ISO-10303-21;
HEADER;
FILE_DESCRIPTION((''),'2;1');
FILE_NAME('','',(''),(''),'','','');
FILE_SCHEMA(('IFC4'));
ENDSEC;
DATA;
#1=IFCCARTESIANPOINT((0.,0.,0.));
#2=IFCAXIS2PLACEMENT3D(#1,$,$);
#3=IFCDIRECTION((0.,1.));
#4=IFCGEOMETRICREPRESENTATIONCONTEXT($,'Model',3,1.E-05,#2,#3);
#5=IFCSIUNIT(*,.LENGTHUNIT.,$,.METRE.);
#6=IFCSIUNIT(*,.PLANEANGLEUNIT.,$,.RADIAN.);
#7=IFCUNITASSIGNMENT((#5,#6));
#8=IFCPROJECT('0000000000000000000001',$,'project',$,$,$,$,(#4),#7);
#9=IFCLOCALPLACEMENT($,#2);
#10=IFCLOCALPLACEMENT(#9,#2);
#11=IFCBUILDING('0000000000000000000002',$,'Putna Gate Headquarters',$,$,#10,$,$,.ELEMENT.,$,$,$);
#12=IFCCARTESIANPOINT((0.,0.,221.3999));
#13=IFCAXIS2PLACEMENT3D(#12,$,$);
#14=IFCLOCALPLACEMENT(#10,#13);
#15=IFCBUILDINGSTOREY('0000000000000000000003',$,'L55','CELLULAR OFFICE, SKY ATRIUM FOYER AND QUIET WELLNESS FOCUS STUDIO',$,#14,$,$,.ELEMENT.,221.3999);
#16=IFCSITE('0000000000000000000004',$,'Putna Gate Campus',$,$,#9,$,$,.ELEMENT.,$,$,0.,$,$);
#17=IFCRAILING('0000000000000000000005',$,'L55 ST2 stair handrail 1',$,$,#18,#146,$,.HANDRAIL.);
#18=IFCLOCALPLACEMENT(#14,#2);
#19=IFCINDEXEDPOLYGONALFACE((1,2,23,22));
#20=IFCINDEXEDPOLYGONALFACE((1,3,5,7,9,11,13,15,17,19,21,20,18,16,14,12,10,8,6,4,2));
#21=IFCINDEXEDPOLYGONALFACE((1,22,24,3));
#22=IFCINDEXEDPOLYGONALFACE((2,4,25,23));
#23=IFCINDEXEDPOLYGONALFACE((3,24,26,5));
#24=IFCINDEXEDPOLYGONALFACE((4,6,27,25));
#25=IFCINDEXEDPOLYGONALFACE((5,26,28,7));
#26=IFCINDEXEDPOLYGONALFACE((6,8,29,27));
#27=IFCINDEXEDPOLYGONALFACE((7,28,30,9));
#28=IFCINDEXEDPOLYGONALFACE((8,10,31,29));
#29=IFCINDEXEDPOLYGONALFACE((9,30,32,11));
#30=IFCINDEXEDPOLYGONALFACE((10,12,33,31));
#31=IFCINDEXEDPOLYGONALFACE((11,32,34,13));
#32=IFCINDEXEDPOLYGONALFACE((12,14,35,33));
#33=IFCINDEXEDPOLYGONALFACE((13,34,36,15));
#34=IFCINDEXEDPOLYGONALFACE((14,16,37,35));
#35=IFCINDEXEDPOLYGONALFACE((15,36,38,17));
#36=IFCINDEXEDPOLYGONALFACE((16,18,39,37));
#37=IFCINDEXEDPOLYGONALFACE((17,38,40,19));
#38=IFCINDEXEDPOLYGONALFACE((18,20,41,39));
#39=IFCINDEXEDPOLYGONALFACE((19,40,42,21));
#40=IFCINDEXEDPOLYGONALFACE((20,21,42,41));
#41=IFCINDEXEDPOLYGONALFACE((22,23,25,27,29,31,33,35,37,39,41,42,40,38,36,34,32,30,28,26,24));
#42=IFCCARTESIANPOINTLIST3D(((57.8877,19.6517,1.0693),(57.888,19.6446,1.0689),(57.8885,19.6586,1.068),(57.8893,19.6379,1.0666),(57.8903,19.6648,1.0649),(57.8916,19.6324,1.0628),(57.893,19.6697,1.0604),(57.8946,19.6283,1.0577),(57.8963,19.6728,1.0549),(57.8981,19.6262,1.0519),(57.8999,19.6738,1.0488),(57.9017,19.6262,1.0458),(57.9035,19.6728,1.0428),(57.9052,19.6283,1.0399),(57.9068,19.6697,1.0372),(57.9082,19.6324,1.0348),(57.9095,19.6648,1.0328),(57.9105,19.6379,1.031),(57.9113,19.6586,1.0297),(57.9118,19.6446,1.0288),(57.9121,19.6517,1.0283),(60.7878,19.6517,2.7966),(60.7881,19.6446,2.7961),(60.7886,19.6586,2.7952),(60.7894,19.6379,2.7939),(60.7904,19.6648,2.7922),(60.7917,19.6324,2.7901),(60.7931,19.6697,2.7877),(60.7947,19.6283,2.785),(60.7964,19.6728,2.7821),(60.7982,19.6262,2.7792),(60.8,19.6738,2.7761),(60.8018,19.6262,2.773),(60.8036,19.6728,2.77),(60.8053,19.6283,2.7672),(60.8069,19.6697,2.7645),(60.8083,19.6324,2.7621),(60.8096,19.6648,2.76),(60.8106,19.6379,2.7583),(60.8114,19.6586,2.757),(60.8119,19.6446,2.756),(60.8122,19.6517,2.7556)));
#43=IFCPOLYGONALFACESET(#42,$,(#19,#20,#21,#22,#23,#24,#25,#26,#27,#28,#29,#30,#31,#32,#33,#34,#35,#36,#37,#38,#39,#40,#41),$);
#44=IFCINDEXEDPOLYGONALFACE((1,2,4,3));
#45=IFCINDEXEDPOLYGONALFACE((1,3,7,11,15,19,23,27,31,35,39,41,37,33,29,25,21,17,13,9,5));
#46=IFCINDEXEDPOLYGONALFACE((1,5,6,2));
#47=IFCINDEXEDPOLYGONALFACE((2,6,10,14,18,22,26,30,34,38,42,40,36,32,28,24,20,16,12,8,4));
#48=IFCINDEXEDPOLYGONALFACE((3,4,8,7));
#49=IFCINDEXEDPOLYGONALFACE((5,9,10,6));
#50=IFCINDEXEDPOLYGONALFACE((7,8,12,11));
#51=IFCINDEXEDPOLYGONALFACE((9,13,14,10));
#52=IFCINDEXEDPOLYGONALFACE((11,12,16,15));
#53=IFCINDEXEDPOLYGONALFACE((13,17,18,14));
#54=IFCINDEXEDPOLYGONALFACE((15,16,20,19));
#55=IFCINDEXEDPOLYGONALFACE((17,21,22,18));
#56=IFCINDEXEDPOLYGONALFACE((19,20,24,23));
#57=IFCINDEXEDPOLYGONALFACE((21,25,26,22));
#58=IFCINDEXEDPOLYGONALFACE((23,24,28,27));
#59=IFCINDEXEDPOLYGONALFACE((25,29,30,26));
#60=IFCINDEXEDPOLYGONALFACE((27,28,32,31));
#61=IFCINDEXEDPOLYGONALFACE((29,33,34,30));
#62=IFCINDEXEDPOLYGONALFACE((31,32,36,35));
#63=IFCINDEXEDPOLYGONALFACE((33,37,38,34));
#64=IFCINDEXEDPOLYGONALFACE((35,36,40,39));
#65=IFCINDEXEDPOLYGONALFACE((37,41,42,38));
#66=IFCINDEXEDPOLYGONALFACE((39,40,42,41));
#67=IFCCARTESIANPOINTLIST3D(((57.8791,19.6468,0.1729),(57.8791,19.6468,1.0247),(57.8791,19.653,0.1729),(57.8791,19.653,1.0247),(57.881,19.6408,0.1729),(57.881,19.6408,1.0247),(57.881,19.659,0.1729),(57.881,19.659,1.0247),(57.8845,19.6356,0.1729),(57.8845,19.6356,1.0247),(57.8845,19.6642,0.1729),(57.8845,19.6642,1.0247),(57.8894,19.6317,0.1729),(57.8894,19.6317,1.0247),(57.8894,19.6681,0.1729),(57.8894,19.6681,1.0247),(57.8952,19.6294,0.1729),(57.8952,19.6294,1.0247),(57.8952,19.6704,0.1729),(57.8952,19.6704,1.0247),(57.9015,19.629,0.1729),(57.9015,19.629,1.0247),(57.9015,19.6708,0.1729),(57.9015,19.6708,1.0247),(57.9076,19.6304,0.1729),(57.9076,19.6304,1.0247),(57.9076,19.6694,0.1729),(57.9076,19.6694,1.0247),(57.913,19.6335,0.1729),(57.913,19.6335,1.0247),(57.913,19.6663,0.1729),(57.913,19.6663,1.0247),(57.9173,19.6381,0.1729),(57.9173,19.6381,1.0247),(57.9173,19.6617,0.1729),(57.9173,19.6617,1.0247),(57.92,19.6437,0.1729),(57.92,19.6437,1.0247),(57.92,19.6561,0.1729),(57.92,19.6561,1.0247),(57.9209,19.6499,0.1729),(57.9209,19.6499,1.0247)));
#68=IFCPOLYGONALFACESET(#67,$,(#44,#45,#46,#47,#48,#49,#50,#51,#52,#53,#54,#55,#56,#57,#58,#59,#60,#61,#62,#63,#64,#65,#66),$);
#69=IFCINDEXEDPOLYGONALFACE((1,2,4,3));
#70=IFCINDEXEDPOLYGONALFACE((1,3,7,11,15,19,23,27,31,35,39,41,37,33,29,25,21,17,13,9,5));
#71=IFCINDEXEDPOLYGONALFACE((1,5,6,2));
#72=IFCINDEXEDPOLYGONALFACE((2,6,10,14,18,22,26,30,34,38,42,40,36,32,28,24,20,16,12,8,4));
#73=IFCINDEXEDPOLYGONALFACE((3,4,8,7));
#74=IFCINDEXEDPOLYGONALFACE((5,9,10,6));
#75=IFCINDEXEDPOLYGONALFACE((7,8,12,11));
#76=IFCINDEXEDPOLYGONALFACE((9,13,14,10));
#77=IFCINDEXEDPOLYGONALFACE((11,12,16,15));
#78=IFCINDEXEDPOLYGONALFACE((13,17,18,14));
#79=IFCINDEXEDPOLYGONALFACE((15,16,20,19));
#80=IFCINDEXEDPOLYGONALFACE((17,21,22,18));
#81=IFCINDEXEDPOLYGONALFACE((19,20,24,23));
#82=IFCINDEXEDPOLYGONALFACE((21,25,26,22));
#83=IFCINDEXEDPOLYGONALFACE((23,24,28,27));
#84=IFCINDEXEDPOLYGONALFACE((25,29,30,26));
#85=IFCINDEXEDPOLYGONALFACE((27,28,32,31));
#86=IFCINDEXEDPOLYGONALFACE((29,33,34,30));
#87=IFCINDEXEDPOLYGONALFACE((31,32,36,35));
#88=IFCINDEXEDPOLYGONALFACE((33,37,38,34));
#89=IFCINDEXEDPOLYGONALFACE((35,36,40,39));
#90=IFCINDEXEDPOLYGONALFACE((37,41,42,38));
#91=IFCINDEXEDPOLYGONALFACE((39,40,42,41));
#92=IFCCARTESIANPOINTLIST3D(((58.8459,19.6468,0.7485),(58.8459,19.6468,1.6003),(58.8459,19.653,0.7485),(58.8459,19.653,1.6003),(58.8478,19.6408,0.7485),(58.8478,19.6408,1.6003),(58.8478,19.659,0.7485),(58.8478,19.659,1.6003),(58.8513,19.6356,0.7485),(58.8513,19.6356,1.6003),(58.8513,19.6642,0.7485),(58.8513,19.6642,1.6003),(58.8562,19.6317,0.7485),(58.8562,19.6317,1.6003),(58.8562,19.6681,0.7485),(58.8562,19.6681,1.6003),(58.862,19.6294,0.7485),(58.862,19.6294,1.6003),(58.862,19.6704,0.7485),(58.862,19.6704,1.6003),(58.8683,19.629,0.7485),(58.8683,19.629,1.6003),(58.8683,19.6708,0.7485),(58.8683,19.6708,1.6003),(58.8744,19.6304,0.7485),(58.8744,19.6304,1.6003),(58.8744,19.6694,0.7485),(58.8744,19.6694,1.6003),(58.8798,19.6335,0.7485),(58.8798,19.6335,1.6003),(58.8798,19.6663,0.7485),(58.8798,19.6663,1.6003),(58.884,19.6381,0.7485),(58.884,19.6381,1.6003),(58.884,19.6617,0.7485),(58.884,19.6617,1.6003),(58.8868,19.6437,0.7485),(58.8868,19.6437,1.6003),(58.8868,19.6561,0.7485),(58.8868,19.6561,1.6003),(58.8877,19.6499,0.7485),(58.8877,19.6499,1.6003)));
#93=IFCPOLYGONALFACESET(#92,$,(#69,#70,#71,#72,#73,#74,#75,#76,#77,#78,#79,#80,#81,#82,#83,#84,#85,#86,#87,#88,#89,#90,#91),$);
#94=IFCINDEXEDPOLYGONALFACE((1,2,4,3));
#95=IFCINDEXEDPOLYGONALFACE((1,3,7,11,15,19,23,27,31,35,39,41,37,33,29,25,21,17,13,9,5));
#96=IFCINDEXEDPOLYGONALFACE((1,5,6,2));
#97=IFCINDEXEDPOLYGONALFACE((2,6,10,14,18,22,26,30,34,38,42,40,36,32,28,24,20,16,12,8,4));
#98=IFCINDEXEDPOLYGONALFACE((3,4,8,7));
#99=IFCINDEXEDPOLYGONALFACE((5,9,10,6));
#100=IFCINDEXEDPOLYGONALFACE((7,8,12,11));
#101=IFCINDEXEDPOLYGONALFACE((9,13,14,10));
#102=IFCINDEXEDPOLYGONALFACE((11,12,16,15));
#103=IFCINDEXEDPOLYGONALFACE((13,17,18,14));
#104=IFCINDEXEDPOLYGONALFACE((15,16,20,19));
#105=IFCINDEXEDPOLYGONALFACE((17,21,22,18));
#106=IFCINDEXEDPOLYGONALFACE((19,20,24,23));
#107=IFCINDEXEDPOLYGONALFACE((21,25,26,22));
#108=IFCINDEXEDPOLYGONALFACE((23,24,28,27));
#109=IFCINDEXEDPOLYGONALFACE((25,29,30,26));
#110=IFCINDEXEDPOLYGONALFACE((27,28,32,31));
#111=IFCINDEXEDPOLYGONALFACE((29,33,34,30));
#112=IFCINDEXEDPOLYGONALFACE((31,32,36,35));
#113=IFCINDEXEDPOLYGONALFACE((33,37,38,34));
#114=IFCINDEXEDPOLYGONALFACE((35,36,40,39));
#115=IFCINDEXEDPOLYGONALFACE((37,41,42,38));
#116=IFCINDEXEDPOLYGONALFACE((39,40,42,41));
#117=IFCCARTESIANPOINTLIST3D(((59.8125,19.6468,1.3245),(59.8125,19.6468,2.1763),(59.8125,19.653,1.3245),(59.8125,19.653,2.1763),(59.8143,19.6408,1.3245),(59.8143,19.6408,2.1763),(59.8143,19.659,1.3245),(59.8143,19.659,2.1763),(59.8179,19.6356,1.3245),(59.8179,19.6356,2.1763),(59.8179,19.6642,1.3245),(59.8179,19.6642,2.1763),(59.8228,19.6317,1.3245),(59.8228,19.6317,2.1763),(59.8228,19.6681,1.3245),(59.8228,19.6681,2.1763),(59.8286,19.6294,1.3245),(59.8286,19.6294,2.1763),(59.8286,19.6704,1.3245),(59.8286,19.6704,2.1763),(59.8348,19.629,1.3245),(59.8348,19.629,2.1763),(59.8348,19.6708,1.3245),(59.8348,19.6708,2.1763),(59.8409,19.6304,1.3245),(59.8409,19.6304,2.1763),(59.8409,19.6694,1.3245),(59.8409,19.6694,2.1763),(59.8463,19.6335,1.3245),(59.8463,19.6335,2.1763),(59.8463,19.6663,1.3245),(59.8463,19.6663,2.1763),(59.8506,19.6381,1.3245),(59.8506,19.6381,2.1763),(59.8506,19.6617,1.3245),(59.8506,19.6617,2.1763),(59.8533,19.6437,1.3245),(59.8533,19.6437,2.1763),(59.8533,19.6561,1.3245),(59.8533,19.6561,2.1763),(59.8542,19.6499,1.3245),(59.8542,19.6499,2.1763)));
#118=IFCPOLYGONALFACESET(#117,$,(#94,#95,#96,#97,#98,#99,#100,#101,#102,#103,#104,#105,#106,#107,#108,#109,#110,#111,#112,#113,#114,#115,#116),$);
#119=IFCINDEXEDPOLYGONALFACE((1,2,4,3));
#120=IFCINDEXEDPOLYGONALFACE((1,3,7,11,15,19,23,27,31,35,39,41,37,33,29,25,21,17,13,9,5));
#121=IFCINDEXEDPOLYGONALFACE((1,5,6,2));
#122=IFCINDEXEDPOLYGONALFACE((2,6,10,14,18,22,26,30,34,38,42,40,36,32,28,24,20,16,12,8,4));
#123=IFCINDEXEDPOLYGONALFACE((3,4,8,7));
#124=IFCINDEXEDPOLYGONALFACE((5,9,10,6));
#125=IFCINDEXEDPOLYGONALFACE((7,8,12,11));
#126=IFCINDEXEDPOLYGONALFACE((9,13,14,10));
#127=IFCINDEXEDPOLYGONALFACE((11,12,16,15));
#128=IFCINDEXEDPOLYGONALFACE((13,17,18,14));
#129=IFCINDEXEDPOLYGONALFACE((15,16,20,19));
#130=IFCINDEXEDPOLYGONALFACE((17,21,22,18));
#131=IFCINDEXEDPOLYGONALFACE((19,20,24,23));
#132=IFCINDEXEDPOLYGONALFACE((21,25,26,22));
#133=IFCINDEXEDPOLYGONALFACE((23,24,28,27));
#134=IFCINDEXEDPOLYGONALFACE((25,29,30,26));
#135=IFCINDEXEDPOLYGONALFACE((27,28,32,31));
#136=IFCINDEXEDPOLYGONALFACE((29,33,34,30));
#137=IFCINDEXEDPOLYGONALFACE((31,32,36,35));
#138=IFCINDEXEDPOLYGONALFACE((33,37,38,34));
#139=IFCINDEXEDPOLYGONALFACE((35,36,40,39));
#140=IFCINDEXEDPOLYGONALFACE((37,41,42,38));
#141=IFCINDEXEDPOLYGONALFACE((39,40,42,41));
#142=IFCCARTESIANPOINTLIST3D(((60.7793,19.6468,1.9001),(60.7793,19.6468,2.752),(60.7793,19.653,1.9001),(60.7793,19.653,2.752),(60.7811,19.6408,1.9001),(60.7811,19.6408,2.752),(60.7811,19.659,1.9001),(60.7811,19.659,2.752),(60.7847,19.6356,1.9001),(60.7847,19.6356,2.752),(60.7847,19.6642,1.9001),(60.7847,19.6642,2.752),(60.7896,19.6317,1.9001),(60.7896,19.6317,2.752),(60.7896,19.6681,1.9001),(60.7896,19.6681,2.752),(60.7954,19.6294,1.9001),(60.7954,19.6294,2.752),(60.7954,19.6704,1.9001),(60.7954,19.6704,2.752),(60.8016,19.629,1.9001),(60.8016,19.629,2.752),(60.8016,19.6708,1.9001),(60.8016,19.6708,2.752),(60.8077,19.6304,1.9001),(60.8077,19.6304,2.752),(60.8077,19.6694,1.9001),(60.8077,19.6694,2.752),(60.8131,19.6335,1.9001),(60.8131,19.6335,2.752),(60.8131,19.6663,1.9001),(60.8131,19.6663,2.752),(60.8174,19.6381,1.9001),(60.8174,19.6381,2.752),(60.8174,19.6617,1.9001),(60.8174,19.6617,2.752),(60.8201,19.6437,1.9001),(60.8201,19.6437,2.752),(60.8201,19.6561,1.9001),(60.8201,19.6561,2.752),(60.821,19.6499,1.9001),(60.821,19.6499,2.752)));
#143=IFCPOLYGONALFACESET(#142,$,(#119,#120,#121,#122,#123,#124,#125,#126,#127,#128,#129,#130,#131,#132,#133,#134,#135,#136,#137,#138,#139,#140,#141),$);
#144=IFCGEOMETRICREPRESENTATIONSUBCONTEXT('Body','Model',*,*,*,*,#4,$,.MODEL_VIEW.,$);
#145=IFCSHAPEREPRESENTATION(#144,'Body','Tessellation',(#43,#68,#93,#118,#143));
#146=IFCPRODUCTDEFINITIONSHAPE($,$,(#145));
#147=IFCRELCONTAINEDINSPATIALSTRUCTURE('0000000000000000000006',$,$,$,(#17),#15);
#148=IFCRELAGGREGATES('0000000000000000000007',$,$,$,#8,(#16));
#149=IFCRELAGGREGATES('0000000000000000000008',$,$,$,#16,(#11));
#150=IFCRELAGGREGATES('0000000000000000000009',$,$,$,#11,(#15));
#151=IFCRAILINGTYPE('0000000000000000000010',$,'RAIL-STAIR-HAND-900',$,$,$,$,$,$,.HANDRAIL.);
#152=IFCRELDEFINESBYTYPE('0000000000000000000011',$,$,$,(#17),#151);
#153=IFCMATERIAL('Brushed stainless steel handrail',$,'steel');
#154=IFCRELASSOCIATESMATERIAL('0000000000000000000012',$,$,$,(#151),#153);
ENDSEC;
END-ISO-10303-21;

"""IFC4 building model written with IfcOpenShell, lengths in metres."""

from ifc_helpers import new_model, si_unit, direction, frame, origin, origin_2d, place, context, subcontext, project, spatial, circle, extrude, material, type_object, element, save


model = new_model("IFC4")

# Units and contexts
model_context = context("Model", 3, precision=1e-05, world=origin(), true_north=direction((0.0, 1.0)))
body_context = subcontext(model_context, "Body", "Model", "MODEL_VIEW")
ifc_project = project(units=[si_unit("LENGTHUNIT", "METRE"), si_unit("PLANEANGLEUNIT", "RADIAN")], contexts=[model_context])

# Site, building, storey
site_placement = place(None, origin())
site = spatial("IfcSite", under=ifc_project, at=site_placement, Name="Putna Gate Campus", CompositionType="ELEMENT", RefElevation=0.0)
building_placement = place(site_placement, origin())
building = spatial("IfcBuilding", under=site, at=building_placement, Name="Putna Gate Headquarters", CompositionType="ELEMENT")
storey_placement = place(building_placement, frame((0.0, 0.0, 221.3999)))
storey = spatial("IfcBuildingStorey", under=building, at=storey_placement, Name="L55", Description="CELLULAR OFFICE, SKY ATRIUM FOYER AND QUIET WELLNESS FOCUS STUDIO", CompositionType="ELEMENT", Elevation=221.3999)

# Railing
ifc_material_1 = material(Name="Brushed stainless steel handrail", Category="steel")
railing_type_1 = type_object("IfcRailingType", Name="RAIL-STAIR-HAND-900", PredefinedType="HANDRAIL", material=ifc_material_1)
railing_1_placement = place(storey_placement, frame((57.8999, 19.6499, 0.1729)))
element("IfcRailing", 1, at=railing_1_placement, inside=storey, type_object=railing_type_1, Name="L55 ST2 stair handrail 1", PredefinedType="HANDRAIL", context=body_context, shape_type="SweptSolid", body=[
    extrude(circle(Radius=0.0239, at=origin_2d()), frame((0.0, 0.0, 0.876), z_axis=(0.85916, 0.0, 0.511706), x_axis=(0.0, 1.0, 0.0)), (0.0, 0.0, 1.0), 3.3755),
    extrude(circle(Radius=0.021, at=origin_2d()), origin(), (0.0, 0.0, 1.0), 0.8518),
    extrude(circle(Radius=0.021, at=origin_2d()), frame((0.9668, 0.0, 0.5757)), (0.0, 0.0, 1.0), 0.8518),
    extrude(circle(Radius=0.021, at=origin_2d()), frame((1.9333, 0.0, 1.1516)), (0.0, 0.0, 1.0), 0.8518),
    extrude(circle(Radius=0.021, at=origin_2d()), frame((2.9001, 0.0, 1.7273)), (0.0, 0.0, 1.0), 0.8518),
])

save(model, "model.ifc")
